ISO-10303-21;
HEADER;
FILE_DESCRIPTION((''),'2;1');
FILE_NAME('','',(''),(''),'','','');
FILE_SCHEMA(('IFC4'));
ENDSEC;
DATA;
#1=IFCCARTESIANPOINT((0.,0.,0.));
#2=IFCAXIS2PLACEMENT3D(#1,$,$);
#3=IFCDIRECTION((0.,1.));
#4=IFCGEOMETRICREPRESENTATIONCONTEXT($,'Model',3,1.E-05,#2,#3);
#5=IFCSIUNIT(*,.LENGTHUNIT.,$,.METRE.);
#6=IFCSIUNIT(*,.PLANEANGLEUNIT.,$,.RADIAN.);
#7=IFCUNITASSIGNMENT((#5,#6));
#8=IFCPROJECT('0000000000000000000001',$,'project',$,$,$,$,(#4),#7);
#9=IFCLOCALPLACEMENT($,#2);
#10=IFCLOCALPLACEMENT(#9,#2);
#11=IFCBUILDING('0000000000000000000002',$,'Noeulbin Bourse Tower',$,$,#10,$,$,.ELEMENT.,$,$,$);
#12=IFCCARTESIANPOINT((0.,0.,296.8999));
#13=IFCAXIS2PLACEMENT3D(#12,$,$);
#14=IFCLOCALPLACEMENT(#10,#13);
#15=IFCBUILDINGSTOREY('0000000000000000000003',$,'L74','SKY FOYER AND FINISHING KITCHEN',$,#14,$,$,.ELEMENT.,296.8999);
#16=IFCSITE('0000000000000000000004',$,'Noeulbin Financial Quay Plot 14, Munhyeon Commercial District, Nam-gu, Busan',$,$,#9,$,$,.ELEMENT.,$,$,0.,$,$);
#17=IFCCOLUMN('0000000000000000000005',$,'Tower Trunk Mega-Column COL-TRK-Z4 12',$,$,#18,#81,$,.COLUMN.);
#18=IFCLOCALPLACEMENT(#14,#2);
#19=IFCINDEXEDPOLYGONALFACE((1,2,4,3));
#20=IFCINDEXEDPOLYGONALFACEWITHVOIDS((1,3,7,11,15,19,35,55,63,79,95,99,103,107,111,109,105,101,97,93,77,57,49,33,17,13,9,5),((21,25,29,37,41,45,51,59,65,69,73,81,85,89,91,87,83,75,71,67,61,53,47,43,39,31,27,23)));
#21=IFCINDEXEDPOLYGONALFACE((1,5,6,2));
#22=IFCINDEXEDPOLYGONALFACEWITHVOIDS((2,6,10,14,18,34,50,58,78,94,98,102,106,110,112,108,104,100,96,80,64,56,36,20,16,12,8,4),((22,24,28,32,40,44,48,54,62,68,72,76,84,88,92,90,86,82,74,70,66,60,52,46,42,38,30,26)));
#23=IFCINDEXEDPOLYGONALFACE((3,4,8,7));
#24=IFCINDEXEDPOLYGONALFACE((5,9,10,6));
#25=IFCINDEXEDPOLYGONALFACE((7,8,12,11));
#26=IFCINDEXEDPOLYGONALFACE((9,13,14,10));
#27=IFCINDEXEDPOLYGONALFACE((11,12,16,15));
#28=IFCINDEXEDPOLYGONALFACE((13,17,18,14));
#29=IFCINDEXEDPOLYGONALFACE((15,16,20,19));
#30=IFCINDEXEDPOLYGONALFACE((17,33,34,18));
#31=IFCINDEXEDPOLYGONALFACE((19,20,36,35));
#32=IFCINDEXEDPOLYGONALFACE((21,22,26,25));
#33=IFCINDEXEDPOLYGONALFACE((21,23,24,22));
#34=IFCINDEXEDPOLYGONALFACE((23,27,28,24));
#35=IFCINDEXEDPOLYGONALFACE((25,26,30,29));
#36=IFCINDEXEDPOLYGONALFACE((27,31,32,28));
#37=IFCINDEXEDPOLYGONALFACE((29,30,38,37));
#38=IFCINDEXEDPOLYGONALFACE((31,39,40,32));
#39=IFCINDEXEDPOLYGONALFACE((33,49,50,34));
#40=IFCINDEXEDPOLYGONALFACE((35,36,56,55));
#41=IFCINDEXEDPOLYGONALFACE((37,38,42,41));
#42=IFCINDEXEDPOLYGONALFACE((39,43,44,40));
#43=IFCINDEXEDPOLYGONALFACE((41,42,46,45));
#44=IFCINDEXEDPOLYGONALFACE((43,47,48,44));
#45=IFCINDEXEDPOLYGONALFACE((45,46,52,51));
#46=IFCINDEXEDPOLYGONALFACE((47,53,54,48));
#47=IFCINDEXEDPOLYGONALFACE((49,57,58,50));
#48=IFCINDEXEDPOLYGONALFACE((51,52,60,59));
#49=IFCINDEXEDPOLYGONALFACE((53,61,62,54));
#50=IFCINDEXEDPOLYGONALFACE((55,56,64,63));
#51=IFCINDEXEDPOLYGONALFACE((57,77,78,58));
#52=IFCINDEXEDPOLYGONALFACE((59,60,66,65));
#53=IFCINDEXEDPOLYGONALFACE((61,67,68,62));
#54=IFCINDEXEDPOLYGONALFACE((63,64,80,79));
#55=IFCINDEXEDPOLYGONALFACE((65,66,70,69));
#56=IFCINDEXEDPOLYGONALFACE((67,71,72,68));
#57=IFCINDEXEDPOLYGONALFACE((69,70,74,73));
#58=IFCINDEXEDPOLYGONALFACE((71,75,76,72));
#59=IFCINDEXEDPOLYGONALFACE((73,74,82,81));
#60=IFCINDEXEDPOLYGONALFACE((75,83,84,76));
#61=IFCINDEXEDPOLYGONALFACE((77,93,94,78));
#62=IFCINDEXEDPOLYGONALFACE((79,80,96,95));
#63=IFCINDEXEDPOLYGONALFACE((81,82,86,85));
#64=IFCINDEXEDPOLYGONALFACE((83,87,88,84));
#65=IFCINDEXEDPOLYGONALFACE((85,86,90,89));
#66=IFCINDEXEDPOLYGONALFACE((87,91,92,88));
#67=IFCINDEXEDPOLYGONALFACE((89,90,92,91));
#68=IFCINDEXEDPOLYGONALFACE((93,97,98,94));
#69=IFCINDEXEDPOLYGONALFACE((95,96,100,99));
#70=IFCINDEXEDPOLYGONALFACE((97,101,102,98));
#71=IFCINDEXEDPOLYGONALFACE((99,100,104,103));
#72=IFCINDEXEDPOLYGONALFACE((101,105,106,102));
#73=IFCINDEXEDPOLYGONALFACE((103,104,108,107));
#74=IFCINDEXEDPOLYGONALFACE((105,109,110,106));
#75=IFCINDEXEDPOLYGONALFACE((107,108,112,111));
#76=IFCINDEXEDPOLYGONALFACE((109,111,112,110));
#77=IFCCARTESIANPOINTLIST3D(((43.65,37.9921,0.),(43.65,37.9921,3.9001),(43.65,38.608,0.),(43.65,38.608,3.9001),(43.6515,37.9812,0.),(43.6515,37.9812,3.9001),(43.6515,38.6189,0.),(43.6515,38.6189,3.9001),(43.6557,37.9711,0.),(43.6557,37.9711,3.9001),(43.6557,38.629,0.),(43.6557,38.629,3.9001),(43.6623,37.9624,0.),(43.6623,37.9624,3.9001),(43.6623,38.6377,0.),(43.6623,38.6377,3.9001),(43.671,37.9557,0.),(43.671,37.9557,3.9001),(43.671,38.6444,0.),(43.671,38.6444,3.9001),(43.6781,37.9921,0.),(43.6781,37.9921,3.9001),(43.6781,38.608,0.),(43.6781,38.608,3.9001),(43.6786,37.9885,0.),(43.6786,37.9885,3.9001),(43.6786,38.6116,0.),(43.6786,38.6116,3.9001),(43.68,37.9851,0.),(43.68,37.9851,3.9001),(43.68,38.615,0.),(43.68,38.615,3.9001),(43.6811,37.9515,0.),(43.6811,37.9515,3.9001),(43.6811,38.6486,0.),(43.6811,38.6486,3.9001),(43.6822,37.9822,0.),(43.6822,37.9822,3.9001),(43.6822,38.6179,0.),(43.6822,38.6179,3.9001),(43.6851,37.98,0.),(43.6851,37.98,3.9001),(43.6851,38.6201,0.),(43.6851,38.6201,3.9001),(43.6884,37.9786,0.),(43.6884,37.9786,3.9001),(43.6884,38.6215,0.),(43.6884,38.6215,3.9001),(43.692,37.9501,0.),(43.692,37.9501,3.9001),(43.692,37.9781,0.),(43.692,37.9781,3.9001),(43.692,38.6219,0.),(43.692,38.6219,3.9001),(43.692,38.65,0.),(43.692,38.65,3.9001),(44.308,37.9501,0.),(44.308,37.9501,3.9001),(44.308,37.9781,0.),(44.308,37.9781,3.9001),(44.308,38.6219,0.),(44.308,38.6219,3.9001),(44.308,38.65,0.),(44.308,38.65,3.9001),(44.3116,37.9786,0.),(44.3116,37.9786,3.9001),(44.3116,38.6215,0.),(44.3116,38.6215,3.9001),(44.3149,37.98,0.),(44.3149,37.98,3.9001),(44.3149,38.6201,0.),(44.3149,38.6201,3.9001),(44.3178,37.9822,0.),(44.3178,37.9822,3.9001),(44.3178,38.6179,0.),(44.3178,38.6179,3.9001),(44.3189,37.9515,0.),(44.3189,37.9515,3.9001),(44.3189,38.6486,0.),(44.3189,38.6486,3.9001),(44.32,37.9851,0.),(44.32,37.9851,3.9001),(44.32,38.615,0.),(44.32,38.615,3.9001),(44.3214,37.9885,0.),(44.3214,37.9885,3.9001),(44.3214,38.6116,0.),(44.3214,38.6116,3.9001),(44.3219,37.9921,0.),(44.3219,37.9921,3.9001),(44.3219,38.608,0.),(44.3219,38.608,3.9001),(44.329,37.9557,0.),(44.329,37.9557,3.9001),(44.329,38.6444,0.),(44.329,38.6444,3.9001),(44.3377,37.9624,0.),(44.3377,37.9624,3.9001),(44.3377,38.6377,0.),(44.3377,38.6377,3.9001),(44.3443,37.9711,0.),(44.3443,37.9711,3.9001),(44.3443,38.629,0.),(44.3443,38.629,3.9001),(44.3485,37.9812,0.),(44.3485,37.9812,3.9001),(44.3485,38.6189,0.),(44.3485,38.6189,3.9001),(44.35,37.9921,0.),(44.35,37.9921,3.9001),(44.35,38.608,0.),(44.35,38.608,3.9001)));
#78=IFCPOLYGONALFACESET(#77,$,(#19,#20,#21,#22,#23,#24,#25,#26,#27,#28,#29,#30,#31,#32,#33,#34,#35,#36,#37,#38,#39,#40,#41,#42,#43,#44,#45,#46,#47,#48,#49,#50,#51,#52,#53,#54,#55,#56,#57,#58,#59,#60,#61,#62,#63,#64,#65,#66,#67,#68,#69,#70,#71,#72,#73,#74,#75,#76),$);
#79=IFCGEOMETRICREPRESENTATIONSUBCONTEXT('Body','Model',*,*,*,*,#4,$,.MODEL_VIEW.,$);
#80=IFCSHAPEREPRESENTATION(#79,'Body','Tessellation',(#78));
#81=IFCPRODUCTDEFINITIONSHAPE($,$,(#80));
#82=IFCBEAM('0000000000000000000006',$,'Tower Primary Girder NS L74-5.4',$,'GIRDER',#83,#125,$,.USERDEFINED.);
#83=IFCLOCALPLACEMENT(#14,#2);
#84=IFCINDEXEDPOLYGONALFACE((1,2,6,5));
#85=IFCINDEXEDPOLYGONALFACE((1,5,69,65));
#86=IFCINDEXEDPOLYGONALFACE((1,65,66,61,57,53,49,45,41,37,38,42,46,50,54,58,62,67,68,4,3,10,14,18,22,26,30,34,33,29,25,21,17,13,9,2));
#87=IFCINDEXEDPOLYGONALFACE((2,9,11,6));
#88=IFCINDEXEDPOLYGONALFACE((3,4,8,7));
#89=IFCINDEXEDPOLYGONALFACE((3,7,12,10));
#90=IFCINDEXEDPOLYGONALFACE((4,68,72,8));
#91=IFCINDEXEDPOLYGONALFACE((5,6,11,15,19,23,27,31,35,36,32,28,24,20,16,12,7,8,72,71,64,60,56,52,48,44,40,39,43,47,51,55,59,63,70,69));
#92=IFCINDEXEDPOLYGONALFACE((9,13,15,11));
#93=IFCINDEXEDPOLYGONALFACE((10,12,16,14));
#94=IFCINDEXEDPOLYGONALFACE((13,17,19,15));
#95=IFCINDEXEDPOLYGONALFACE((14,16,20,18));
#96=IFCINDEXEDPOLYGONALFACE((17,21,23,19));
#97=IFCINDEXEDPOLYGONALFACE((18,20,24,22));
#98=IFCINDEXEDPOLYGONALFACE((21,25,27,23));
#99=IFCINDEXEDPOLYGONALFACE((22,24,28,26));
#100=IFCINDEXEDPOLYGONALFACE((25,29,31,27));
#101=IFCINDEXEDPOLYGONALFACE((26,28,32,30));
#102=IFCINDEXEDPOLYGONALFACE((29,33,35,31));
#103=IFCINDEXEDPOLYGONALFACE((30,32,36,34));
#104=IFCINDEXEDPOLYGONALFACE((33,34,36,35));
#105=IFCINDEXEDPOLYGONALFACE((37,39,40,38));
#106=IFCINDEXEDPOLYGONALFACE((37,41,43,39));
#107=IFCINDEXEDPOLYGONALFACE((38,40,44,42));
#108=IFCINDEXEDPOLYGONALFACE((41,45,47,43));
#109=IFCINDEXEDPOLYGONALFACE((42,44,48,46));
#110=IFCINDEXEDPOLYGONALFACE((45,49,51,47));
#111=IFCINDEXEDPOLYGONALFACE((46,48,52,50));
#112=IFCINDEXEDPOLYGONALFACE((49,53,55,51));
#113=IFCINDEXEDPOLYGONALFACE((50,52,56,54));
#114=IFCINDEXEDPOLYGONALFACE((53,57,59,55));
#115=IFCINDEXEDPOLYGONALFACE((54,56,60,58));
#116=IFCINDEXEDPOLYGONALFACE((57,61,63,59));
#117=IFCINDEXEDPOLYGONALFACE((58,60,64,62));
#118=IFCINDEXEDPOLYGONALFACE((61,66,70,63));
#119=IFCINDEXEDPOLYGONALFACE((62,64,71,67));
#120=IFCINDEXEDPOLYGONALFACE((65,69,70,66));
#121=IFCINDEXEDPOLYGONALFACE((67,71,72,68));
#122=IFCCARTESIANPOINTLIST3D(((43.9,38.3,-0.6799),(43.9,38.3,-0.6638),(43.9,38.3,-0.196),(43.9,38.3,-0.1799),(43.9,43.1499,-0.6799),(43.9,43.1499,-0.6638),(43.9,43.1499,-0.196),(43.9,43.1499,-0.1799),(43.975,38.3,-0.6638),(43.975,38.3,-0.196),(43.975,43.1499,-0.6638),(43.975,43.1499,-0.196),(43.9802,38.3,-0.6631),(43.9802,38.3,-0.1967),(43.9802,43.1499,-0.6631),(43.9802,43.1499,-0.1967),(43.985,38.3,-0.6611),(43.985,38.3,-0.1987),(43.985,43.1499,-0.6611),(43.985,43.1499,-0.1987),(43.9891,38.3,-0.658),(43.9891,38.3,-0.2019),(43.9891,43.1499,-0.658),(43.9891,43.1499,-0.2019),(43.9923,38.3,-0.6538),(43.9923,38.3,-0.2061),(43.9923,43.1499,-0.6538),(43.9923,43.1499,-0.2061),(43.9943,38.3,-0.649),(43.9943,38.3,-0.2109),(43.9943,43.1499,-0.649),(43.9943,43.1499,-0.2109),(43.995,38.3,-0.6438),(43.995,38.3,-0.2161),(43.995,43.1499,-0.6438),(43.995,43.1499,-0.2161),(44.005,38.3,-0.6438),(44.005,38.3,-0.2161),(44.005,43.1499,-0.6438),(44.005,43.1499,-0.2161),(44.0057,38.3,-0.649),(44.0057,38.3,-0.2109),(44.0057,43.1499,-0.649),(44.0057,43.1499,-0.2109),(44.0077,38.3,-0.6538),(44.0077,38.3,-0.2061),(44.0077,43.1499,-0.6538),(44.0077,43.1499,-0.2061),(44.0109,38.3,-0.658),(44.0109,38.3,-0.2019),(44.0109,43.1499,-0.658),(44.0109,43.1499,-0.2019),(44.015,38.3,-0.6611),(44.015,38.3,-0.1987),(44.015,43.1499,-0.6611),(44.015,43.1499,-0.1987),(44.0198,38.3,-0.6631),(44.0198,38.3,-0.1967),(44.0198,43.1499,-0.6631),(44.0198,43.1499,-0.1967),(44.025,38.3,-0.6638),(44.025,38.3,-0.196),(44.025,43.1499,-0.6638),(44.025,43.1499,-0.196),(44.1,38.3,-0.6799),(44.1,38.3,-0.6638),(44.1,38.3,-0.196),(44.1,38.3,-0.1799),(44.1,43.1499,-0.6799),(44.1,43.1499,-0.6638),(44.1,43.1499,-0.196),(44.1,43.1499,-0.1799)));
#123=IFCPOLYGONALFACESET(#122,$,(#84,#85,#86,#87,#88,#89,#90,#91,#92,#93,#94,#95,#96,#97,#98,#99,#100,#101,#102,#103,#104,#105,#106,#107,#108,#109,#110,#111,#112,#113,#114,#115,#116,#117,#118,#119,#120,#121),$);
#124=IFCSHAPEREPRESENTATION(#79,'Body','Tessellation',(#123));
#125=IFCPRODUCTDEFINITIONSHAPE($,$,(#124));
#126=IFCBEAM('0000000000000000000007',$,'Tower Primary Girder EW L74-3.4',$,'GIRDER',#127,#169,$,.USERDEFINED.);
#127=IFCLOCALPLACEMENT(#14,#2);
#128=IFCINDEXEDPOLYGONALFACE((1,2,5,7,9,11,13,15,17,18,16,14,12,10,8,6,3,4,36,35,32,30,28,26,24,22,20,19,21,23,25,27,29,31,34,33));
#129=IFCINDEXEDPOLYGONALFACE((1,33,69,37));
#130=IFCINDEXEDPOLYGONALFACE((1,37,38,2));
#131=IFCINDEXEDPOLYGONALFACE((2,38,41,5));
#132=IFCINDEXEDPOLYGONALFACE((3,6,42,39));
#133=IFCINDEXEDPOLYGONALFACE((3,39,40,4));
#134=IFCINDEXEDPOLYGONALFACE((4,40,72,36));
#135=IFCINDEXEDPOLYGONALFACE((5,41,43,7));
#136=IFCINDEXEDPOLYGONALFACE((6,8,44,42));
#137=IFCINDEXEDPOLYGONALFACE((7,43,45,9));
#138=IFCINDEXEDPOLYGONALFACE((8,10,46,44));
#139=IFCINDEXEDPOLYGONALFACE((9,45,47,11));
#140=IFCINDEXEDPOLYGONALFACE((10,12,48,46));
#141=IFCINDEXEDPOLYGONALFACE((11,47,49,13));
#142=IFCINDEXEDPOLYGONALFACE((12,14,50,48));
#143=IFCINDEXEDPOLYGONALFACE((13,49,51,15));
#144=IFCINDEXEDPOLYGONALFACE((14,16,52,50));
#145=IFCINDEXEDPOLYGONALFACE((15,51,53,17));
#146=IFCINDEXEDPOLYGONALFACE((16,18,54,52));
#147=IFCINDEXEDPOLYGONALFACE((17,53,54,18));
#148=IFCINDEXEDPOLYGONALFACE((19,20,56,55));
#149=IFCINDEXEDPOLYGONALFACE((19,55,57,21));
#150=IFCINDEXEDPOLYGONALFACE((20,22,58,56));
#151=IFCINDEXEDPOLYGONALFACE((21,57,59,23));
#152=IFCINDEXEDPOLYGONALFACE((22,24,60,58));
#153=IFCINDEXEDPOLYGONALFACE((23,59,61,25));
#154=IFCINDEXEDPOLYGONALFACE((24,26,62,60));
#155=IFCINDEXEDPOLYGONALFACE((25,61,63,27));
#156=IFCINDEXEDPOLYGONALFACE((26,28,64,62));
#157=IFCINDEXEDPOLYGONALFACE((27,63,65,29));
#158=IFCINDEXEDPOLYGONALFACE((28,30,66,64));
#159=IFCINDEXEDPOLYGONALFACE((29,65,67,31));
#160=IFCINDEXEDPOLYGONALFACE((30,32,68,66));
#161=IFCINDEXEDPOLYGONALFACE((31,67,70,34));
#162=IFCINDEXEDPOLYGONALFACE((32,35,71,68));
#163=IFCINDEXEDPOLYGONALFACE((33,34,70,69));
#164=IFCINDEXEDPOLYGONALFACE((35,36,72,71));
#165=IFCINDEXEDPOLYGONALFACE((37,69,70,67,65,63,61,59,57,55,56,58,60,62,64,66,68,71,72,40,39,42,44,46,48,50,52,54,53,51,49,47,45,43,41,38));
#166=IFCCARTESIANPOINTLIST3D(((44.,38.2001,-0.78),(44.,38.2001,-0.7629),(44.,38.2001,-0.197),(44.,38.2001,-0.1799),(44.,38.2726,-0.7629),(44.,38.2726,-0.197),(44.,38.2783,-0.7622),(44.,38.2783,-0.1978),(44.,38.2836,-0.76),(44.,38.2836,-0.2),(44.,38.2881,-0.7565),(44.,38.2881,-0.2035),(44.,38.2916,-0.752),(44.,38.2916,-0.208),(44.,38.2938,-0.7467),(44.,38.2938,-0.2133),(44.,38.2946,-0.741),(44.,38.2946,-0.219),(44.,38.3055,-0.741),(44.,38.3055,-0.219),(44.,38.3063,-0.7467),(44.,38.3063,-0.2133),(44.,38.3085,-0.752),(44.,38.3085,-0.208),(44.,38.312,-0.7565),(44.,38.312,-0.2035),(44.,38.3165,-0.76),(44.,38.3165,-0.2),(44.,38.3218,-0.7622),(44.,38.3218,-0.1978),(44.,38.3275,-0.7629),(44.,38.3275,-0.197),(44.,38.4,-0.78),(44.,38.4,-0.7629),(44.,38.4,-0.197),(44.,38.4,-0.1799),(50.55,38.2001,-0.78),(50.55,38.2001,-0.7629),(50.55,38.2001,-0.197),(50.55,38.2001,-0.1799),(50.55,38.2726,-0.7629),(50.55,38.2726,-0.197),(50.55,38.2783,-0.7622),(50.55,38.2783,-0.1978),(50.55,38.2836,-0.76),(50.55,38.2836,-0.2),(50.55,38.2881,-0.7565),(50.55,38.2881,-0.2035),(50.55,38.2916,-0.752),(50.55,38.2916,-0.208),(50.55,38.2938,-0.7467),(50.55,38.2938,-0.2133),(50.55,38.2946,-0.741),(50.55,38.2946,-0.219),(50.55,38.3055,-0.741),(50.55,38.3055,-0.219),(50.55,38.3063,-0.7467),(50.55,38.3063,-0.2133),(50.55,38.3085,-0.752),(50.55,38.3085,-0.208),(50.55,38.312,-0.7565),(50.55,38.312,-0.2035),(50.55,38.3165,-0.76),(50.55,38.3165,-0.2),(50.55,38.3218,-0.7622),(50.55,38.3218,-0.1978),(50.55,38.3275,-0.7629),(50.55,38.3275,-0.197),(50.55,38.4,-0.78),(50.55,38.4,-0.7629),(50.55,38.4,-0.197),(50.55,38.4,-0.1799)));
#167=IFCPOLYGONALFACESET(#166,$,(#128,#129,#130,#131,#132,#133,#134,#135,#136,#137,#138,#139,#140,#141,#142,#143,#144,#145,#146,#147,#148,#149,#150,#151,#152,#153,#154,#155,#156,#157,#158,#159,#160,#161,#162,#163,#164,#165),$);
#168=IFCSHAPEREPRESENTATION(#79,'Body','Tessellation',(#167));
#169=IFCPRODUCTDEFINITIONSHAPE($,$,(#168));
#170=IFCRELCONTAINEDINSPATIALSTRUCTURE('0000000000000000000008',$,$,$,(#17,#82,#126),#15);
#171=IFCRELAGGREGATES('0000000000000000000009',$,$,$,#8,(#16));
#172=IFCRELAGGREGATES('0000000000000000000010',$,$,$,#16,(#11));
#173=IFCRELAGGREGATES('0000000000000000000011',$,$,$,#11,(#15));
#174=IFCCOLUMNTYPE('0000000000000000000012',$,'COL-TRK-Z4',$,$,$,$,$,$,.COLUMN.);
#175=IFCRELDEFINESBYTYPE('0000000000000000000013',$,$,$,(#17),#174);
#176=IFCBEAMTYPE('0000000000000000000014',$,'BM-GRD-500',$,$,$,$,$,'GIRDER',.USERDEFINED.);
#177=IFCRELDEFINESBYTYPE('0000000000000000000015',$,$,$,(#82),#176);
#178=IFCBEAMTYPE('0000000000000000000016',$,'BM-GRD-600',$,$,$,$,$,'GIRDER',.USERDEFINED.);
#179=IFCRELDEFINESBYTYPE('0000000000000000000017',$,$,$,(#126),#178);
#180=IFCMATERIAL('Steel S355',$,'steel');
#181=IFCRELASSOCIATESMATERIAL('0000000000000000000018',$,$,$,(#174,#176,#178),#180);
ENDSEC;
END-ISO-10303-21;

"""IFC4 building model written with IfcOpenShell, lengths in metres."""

from ifc_helpers import new_model, si_unit, direction, frame, origin, origin_2d, place, context, subcontext, project, spatial, hollow_rectangle, i_section, extrude, material, material_profile, profile_set, type_object, element, save


model = new_model("IFC4")

# Units and contexts
model_context = context("Model", 3, precision=1e-05, world=origin(), true_north=direction((0.0, 1.0)))
body_context = subcontext(model_context, "Body", "Model", "MODEL_VIEW")
ifc_project = project(units=[si_unit("LENGTHUNIT", "METRE"), si_unit("PLANEANGLEUNIT", "RADIAN")], contexts=[model_context])

# Site, building, storey
site_placement = place(None, origin())
site = spatial("IfcSite", under=ifc_project, at=site_placement, Name="Noeulbin Financial Quay Plot 14, Munhyeon Commercial District, Nam-gu, Busan", CompositionType="ELEMENT", RefElevation=0.0)
building_placement = place(site_placement, origin())
building = spatial("IfcBuilding", under=site, at=building_placement, Name="Noeulbin Bourse Tower", CompositionType="ELEMENT")
storey_placement = place(building_placement, frame((0.0, 0.0, 296.8999)))
storey = spatial("IfcBuildingStorey", under=building, at=storey_placement, Name="L74", Description="SKY FOYER AND FINISHING KITCHEN", CompositionType="ELEMENT", Elevation=296.8999)

# Column
ifc_material_1 = material(Name="Steel S355", Category="steel")
ifc_material_profile_1 = material_profile(ifc_material_1, hollow_rectangle(XDim=0.7, YDim=0.7, WallThickness=0.0281, InnerFilletRadius=0.0139, OuterFilletRadius=0.042, at=origin_2d()), Name="BOX-700x700x28", Category="LoadBearing")
ifc_profile_set_1 = profile_set([ifc_material_profile_1], Name="Steel S355")
column_type_1 = type_object("IfcColumnType", Name="COL-TRK-Z4", PredefinedType="COLUMN", material=ifc_profile_set_1)
column_placement = place(storey_placement, frame((44.0, 38.3, 0.0), z_axis=(0.0, 0.0, 1.0), x_axis=(1.0, 0.0, 0.0)))
element("IfcColumn", 1, at=column_placement, inside=storey, type_object=column_type_1, Name="Tower Trunk Mega-Column COL-TRK-Z4 12", PredefinedType="COLUMN", context=body_context, shape_type="SweptSolid", body=[
    extrude(hollow_rectangle(XDim=0.7, YDim=0.7, WallThickness=0.0281, InnerFilletRadius=0.0139, OuterFilletRadius=0.042, at=origin_2d()), origin(), (0.0, 0.0, 1.0), 3.9001),
])

# Beams
ifc_material_profile_2 = material_profile(ifc_material_1, i_section(OverallWidth=0.2, OverallDepth=0.5, WebThickness=0.01, FlangeThickness=0.0161, FilletRadius=0.02, at=origin_2d()), Name="H-500x200x10x16", Category="LoadBearing")
ifc_profile_set_2 = profile_set([ifc_material_profile_2], Name="Steel S355")
beam_type_1 = type_object("IfcBeamType", Name="BM-GRD-500", ElementType="GIRDER", PredefinedType="USERDEFINED", material=ifc_profile_set_2)
beam_1_placement = place(storey_placement, frame((44.0, 38.3, -0.4299), z_axis=(0.0, 1.0, 0.0), x_axis=(-1.0, 0.0, 0.0)))
element("IfcBeam", 2, at=beam_1_placement, inside=storey, type_object=beam_type_1, Name="Tower Primary Girder NS L74-5.4", ObjectType="GIRDER", PredefinedType="USERDEFINED", context=body_context, shape_type="SweptSolid", body=[
    extrude(i_section(OverallWidth=0.2, OverallDepth=0.5, WebThickness=0.01, FlangeThickness=0.0161, FilletRadius=0.02, at=origin_2d()), origin(), (0.0, 0.0, 1.0), 4.8499),
])
ifc_material_profile_3 = material_profile(ifc_material_1, i_section(OverallWidth=0.2, OverallDepth=0.6001, WebThickness=0.011, FlangeThickness=0.0171, FilletRadius=0.022, at=origin_2d()), Name="H-600x200x11x17", Category="LoadBearing")
ifc_profile_set_3 = profile_set([ifc_material_profile_3], Name="Steel S355")
beam_type_2 = type_object("IfcBeamType", Name="BM-GRD-600", ElementType="GIRDER", PredefinedType="USERDEFINED", material=ifc_profile_set_3)
beam_2_placement = place(storey_placement, frame((44.0, 38.3, -0.48), z_axis=(1.0, 0.0, 0.0), x_axis=(0.0, 1.0, 0.0)))
element("IfcBeam", 3, at=beam_2_placement, inside=storey, type_object=beam_type_2, Name="Tower Primary Girder EW L74-3.4", ObjectType="GIRDER", PredefinedType="USERDEFINED", context=body_context, shape_type="SweptSolid", body=[
    extrude(i_section(OverallWidth=0.2, OverallDepth=0.6001, WebThickness=0.011, FlangeThickness=0.0171, FilletRadius=0.022, at=origin_2d()), origin(), (0.0, 0.0, 1.0), 6.55),
])

save(model, "model.ifc")
